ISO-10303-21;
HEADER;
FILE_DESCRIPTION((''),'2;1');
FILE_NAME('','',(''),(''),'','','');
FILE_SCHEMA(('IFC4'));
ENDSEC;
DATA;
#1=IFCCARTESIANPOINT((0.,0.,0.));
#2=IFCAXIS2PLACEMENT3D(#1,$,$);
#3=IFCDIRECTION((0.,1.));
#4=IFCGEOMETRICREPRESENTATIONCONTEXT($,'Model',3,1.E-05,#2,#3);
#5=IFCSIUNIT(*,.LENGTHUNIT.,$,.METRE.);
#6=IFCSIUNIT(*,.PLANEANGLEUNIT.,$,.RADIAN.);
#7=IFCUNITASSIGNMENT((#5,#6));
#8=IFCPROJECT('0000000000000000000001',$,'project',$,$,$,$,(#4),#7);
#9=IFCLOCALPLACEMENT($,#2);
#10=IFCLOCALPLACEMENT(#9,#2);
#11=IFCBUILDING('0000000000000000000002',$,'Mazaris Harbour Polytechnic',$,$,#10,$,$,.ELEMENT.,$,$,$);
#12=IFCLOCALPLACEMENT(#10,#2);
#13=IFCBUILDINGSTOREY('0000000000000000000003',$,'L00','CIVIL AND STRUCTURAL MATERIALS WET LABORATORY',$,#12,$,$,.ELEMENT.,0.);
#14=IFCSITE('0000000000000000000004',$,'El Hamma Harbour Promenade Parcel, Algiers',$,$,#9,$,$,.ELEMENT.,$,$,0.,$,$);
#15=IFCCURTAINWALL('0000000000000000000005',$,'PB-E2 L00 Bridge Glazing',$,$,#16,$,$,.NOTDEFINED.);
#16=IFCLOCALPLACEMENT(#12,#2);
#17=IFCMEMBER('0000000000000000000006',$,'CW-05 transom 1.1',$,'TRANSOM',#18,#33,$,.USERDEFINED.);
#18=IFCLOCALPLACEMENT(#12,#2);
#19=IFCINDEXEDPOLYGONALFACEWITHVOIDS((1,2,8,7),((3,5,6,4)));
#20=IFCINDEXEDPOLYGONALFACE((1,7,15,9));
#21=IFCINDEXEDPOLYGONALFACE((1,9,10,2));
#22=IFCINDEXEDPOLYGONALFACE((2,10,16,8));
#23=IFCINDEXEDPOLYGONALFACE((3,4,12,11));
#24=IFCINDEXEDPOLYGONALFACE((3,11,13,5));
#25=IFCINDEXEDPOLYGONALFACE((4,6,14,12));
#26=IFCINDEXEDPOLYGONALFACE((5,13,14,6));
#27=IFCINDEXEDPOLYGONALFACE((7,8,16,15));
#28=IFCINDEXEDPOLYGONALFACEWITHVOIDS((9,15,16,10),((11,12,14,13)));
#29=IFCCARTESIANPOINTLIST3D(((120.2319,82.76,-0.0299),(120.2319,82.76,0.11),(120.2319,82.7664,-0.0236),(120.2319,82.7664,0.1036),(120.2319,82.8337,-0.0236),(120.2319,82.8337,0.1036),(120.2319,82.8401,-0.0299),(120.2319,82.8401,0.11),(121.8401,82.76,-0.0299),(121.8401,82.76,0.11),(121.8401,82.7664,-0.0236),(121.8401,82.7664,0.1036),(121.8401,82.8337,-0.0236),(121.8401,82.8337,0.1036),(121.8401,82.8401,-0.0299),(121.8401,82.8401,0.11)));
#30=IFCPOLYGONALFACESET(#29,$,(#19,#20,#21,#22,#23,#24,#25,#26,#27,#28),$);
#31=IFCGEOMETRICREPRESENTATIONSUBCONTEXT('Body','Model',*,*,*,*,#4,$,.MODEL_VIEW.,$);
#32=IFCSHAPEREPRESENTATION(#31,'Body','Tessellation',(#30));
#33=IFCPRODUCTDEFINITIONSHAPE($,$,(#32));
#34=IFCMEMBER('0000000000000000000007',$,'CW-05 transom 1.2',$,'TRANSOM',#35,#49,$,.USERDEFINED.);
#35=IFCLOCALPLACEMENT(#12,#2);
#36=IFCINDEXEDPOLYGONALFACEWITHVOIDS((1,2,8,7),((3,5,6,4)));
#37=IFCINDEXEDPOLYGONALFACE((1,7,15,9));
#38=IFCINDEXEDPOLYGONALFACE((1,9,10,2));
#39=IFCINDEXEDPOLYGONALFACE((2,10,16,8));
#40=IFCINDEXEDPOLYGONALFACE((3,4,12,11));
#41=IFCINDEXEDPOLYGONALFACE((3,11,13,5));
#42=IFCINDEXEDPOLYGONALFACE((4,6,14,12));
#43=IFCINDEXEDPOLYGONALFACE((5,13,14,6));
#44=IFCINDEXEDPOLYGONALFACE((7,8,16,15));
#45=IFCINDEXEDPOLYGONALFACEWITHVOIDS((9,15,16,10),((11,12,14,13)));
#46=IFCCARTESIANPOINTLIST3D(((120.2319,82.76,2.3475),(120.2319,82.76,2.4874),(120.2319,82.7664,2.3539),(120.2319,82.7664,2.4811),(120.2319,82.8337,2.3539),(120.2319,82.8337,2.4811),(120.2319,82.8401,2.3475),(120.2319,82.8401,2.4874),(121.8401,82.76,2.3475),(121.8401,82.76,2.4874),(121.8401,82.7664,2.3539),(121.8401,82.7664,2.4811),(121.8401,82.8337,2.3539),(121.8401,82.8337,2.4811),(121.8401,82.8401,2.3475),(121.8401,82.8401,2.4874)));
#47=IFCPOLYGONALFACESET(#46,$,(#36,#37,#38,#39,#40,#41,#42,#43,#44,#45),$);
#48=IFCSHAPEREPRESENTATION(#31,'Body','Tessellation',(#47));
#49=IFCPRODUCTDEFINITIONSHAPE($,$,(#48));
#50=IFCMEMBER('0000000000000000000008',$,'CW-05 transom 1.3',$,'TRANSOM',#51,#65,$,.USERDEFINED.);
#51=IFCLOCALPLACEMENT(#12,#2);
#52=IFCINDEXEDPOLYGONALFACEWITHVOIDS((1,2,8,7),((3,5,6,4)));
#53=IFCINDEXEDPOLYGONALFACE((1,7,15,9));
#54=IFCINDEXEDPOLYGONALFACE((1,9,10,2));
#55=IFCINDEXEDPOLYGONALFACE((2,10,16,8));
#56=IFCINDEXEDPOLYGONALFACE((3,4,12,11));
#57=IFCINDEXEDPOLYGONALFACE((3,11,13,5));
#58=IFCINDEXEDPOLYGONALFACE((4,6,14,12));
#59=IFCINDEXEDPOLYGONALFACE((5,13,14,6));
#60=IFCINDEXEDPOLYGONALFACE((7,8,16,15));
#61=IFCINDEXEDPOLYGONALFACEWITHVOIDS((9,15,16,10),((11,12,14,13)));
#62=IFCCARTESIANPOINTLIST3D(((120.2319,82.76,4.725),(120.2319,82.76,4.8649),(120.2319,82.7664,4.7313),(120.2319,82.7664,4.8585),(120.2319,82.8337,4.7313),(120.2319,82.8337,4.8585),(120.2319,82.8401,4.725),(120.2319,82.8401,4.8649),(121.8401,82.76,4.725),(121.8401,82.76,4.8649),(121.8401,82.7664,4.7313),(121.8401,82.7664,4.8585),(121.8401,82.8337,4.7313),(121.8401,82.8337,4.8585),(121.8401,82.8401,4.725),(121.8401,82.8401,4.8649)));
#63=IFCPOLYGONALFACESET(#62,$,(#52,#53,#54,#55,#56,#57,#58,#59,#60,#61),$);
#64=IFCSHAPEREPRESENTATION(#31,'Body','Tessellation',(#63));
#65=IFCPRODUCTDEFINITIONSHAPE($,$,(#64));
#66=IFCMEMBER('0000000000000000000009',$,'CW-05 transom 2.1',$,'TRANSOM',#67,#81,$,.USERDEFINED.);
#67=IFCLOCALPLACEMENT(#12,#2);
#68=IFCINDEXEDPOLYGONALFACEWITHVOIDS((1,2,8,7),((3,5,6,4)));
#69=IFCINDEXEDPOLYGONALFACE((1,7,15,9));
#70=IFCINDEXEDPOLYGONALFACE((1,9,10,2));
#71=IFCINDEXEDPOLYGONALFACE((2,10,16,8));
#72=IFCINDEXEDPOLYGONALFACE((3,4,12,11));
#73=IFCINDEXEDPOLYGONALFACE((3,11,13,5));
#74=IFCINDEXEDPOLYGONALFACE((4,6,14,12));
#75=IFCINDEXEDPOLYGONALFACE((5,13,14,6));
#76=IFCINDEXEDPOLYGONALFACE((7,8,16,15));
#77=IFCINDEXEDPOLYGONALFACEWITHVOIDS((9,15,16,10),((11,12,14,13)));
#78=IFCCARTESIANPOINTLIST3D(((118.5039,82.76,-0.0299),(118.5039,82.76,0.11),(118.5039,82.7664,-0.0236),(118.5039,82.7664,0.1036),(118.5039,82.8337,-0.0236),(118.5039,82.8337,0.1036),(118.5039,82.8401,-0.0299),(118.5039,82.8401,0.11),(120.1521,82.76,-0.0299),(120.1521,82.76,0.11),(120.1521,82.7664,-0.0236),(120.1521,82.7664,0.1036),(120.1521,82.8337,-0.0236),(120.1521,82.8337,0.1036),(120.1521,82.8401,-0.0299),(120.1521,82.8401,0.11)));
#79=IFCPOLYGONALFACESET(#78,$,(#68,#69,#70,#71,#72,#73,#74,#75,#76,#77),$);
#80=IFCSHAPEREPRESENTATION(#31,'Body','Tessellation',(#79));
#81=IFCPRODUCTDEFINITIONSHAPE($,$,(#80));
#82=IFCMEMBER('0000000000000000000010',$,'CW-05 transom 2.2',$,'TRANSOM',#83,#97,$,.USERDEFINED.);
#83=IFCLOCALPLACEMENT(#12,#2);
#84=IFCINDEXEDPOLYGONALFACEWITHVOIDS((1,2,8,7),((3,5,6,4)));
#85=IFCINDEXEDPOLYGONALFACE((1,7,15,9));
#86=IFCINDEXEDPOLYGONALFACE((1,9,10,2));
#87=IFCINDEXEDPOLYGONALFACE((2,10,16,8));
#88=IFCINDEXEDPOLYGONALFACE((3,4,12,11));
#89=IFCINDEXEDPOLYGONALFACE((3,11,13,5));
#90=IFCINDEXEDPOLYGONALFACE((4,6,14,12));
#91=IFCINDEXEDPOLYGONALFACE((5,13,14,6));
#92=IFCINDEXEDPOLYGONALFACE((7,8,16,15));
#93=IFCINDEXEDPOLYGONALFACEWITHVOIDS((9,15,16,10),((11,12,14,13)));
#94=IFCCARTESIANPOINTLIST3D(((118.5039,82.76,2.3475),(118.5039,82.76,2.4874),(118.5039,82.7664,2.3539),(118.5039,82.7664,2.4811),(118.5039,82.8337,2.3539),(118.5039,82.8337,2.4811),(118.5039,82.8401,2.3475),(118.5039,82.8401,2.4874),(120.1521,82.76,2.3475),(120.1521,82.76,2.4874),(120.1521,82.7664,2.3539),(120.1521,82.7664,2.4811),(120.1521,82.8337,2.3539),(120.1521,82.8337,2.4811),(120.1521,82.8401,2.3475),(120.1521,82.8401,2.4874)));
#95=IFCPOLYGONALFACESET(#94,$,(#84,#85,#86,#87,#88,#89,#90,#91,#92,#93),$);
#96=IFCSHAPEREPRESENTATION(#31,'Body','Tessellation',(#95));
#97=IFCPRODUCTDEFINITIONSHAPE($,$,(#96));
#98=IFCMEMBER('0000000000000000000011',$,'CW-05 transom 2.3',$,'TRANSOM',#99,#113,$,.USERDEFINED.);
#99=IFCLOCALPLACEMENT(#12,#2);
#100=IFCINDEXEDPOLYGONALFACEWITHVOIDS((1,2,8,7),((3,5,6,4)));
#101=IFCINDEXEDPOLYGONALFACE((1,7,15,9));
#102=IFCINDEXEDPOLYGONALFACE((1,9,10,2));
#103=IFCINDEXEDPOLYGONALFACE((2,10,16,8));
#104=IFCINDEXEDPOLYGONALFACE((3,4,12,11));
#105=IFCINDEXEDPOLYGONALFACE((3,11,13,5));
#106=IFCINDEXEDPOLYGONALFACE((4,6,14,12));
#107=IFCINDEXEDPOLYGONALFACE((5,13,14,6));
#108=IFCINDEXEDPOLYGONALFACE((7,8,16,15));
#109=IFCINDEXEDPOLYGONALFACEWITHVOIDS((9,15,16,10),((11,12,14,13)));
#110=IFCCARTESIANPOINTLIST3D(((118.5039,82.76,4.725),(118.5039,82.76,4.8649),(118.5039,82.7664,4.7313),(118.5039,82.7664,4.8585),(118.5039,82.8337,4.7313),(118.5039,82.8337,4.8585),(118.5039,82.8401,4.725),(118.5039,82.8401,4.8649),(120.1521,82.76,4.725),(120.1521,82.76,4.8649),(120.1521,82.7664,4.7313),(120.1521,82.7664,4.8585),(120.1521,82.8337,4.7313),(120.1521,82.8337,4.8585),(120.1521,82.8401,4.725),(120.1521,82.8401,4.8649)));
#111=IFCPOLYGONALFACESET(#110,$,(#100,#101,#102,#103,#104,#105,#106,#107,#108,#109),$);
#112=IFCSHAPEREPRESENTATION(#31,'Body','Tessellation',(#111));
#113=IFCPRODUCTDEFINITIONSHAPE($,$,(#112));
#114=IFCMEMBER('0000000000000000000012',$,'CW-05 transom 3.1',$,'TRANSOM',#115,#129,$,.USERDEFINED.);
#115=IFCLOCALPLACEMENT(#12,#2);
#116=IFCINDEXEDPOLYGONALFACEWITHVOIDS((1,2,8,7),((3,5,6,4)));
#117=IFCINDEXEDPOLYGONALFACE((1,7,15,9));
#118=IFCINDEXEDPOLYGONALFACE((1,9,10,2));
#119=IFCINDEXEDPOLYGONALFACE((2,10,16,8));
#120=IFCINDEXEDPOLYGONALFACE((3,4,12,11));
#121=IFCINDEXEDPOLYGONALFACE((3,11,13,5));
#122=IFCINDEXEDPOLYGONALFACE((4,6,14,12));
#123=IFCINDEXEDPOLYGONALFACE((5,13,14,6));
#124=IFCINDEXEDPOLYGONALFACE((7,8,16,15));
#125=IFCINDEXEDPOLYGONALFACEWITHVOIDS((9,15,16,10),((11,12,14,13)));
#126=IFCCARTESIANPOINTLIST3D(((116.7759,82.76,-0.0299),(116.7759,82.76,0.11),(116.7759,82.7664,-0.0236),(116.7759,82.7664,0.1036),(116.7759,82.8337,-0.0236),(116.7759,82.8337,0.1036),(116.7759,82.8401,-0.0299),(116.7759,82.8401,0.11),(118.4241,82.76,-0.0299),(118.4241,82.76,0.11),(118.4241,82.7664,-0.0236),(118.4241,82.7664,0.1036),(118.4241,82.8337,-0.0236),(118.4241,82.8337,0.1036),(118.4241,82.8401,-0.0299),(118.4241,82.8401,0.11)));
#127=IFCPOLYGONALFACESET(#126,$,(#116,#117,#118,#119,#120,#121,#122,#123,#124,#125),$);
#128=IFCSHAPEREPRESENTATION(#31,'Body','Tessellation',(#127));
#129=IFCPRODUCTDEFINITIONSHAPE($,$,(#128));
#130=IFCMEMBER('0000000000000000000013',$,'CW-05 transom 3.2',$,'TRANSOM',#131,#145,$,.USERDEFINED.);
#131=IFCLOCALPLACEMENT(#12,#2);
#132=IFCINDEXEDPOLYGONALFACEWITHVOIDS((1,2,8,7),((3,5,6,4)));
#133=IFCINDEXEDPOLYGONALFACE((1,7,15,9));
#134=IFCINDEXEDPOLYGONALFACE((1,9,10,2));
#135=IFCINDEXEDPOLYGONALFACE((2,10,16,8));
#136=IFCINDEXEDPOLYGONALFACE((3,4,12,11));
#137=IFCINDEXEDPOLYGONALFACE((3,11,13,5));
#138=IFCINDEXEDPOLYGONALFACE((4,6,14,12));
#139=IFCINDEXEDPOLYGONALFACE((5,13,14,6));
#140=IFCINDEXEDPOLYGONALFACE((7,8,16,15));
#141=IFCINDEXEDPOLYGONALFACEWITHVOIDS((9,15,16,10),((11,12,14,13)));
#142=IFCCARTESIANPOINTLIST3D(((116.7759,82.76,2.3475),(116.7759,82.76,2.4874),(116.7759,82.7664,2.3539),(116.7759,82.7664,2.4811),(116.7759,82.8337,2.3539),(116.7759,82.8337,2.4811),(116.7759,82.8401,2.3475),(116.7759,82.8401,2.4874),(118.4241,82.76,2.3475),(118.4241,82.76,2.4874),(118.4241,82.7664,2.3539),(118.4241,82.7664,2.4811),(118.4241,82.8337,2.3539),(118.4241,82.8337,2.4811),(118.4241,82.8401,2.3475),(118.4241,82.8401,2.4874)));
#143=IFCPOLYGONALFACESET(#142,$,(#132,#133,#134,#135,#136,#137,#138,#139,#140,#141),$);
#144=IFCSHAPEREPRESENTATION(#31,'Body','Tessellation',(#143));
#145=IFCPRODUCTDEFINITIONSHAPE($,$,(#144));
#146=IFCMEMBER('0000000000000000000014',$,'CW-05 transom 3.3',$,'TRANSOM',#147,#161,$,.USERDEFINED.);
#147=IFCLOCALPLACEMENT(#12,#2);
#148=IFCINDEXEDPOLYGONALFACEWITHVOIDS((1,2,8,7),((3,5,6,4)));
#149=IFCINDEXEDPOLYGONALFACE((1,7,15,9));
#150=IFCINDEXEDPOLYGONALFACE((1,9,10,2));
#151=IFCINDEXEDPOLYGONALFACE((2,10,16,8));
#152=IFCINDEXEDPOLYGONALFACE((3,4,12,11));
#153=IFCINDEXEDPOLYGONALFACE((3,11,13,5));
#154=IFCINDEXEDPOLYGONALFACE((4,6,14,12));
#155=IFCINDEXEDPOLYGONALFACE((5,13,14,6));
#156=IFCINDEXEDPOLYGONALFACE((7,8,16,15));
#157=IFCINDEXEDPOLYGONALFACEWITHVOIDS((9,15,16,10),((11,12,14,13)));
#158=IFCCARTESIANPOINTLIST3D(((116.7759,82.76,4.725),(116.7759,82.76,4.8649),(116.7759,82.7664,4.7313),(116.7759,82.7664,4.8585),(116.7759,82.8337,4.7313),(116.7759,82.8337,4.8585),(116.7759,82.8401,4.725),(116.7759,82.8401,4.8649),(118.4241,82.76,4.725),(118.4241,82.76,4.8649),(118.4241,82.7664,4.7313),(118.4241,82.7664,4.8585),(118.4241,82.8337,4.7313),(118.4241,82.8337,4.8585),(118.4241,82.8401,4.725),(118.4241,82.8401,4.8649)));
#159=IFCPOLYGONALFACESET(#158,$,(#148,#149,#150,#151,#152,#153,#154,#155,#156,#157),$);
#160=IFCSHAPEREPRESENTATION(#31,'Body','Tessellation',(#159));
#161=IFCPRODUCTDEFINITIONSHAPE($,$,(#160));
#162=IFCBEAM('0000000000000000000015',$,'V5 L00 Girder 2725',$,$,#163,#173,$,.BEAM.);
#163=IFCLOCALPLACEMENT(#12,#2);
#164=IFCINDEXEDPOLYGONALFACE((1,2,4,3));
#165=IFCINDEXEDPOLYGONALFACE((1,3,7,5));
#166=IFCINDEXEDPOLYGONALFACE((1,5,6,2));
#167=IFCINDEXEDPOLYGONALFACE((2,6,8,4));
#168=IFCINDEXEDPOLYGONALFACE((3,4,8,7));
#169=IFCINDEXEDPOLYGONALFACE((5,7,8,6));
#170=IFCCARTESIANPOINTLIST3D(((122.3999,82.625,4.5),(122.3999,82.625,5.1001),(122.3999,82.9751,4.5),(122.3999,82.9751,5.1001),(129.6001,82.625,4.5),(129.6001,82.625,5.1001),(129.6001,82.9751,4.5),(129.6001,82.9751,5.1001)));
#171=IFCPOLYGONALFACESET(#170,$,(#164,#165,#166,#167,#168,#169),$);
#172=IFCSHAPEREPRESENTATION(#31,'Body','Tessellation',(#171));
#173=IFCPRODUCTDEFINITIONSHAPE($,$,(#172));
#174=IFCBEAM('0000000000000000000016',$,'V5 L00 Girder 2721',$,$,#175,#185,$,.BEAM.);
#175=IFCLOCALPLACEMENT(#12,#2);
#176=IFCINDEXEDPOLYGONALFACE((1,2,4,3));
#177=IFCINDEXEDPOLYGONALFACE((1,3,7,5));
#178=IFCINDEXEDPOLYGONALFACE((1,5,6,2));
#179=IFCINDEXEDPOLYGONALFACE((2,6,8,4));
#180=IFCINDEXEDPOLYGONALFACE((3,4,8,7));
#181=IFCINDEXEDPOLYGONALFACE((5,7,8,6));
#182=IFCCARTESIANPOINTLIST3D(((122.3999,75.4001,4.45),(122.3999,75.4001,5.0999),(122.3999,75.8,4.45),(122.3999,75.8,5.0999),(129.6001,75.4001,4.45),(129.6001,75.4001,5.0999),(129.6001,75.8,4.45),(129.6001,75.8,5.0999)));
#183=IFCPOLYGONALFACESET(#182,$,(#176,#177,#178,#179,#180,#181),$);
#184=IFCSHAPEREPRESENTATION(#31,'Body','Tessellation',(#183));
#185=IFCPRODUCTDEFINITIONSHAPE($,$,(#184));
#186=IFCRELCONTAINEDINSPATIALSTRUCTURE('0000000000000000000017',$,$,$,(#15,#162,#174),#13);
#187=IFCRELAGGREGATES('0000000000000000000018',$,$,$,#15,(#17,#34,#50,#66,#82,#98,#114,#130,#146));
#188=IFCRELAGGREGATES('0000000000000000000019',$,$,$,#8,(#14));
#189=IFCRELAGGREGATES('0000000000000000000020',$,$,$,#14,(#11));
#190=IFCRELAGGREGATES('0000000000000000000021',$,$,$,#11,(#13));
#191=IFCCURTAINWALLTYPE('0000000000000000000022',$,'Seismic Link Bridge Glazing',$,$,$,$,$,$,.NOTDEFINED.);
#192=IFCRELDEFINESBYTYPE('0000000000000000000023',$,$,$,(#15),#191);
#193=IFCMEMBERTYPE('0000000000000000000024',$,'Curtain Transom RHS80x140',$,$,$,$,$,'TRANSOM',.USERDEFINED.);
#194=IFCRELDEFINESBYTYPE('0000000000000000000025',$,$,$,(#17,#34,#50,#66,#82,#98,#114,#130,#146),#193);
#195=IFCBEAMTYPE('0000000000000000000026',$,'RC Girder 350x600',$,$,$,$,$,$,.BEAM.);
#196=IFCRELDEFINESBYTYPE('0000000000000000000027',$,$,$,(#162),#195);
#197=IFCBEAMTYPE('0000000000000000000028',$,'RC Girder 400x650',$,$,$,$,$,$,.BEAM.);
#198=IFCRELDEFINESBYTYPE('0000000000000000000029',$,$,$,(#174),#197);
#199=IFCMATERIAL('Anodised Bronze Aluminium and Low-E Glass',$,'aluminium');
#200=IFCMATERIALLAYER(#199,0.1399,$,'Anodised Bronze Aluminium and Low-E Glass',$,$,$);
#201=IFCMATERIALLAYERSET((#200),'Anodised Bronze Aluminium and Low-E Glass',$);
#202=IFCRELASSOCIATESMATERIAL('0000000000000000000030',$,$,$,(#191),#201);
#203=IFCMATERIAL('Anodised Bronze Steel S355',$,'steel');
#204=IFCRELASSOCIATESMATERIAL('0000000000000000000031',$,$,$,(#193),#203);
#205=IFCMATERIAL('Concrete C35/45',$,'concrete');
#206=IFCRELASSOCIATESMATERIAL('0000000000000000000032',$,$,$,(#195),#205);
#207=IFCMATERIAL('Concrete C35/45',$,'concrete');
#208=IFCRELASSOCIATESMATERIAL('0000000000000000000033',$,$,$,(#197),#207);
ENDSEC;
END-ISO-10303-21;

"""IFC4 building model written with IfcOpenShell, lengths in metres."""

from ifc_helpers import new_model, si_unit, direction, frame, origin, origin_2d, place, context, subcontext, project, spatial, rectangle, hollow_rectangle, extrude, material, layer, layer_set, material_profile, profile_set, type_object, element, aggregate, save


model = new_model("IFC4")

# Units and contexts
model_context = context("Model", 3, precision=1e-05, world=origin(), true_north=direction((0.0, 1.0)))
body_context = subcontext(model_context, "Body", "Model", "MODEL_VIEW")
ifc_project = project(units=[si_unit("LENGTHUNIT", "METRE"), si_unit("PLANEANGLEUNIT", "RADIAN")], contexts=[model_context])

# Site, building, storey
site_placement = place(None, origin())
site = spatial("IfcSite", under=ifc_project, at=site_placement, Name="El Hamma Harbour Promenade Parcel, Algiers", CompositionType="ELEMENT", RefElevation=0.0)
building_placement = place(site_placement, origin())
building = spatial("IfcBuilding", under=site, at=building_placement, Name="Mazaris Harbour Polytechnic", CompositionType="ELEMENT")
storey_placement = place(building_placement, origin())
storey = spatial("IfcBuildingStorey", under=building, at=storey_placement, Name="L00", Description="CIVIL AND STRUCTURAL MATERIALS WET LABORATORY", CompositionType="ELEMENT", Elevation=0.0)

# Curtain wall, members
ifc_material_1 = material(Name="Anodised Bronze Aluminium and Low-E Glass", Category="aluminium")
ifc_layer_1 = layer(ifc_material_1, 0.1399, Name="Anodised Bronze Aluminium and Low-E Glass")
ifc_layer_set_1 = layer_set([ifc_layer_1], Name="Anodised Bronze Aluminium and Low-E Glass")
curtain_wall_type = type_object("IfcCurtainWallType", Name="Seismic Link Bridge Glazing", PredefinedType="NOTDEFINED", material=ifc_layer_set_1)
curtain_wall_placement = place(storey_placement, origin())
curtain_wall = element("IfcCurtainWall", 1, at=curtain_wall_placement, inside=storey, type_object=curtain_wall_type, Name="PB-E2 L00 Bridge Glazing", PredefinedType="NOTDEFINED")
ifc_material_2 = material(Name="Anodised Bronze Steel S355", Category="steel")
ifc_material_profile_1 = material_profile(ifc_material_2, hollow_rectangle(XDim=0.0801, YDim=0.1399, WallThickness=0.0063, at=origin_2d()), Name="RHS 80x140x6.3")
ifc_profile_set_1 = profile_set([ifc_material_profile_1], Name="Anodised Bronze Steel S355")
member_type_1 = type_object("IfcMemberType", Name="Curtain Transom RHS80x140", ElementType="TRANSOM", PredefinedType="USERDEFINED", material=ifc_profile_set_1)
member_1_placement = place(storey_placement, frame((121.8401, 82.8, 0.04), z_axis=(-1.0, 0.0, 0.0), x_axis=(0.0, -1.0, 0.0)))
member_1 = element("IfcMember", 2, at=member_1_placement, type_object=member_type_1, Name="CW-05 transom 1.1", ObjectType="TRANSOM", PredefinedType="USERDEFINED", context=body_context, shape_type="SweptSolid", body=[
    extrude(hollow_rectangle(XDim=0.0801, YDim=0.1399, WallThickness=0.0063, at=origin_2d()), origin(), (0.0, 0.0, 1.0), 1.6082),
])
member_2_placement = place(storey_placement, frame((121.8401, 82.8, 2.4175), z_axis=(-1.0, 0.0, 0.0), x_axis=(0.0, -1.0, 0.0)))
member_2 = element("IfcMember", 3, at=member_2_placement, type_object=member_type_1, Name="CW-05 transom 1.2", ObjectType="TRANSOM", PredefinedType="USERDEFINED", context=body_context, shape_type="SweptSolid", body=[
    extrude(hollow_rectangle(XDim=0.0801, YDim=0.1399, WallThickness=0.0063, at=origin_2d()), origin(), (0.0, 0.0, 1.0), 1.6082),
])
member_3_placement = place(storey_placement, frame((121.8401, 82.8, 4.7949), z_axis=(-1.0, 0.0, 0.0), x_axis=(0.0, -1.0, 0.0)))
member_3 = element("IfcMember", 4, at=member_3_placement, type_object=member_type_1, Name="CW-05 transom 1.3", ObjectType="TRANSOM", PredefinedType="USERDEFINED", context=body_context, shape_type="SweptSolid", body=[
    extrude(hollow_rectangle(XDim=0.0801, YDim=0.1399, WallThickness=0.0063, at=origin_2d()), origin(), (0.0, 0.0, 1.0), 1.6082),
])
member_4_placement = place(storey_placement, frame((120.1521, 82.8, 0.04), z_axis=(-1.0, 0.0, 0.0), x_axis=(0.0, -1.0, 0.0)))
member_4 = element("IfcMember", 5, at=member_4_placement, type_object=member_type_1, Name="CW-05 transom 2.1", ObjectType="TRANSOM", PredefinedType="USERDEFINED", context=body_context, shape_type="SweptSolid", body=[
    extrude(hollow_rectangle(XDim=0.0801, YDim=0.1399, WallThickness=0.0063, at=origin_2d()), origin(), (0.0, 0.0, 1.0), 1.6482),
])
member_5_placement = place(storey_placement, frame((120.1521, 82.8, 2.4175), z_axis=(-1.0, 0.0, 0.0), x_axis=(0.0, -1.0, 0.0)))
member_5 = element("IfcMember", 6, at=member_5_placement, type_object=member_type_1, Name="CW-05 transom 2.2", ObjectType="TRANSOM", PredefinedType="USERDEFINED", context=body_context, shape_type="SweptSolid", body=[
    extrude(hollow_rectangle(XDim=0.0801, YDim=0.1399, WallThickness=0.0063, at=origin_2d()), origin(), (0.0, 0.0, 1.0), 1.6482),
])
member_6_placement = place(storey_placement, frame((120.1521, 82.8, 4.7949), z_axis=(-1.0, 0.0, 0.0), x_axis=(0.0, -1.0, 0.0)))
member_6 = element("IfcMember", 7, at=member_6_placement, type_object=member_type_1, Name="CW-05 transom 2.3", ObjectType="TRANSOM", PredefinedType="USERDEFINED", context=body_context, shape_type="SweptSolid", body=[
    extrude(hollow_rectangle(XDim=0.0801, YDim=0.1399, WallThickness=0.0063, at=origin_2d()), origin(), (0.0, 0.0, 1.0), 1.6482),
])
member_7_placement = place(storey_placement, frame((118.4241, 82.8, 0.04), z_axis=(-1.0, 0.0, 0.0), x_axis=(0.0, -1.0, 0.0)))
member_7 = element("IfcMember", 8, at=member_7_placement, type_object=member_type_1, Name="CW-05 transom 3.1", ObjectType="TRANSOM", PredefinedType="USERDEFINED", context=body_context, shape_type="SweptSolid", body=[
    extrude(hollow_rectangle(XDim=0.0801, YDim=0.1399, WallThickness=0.0063, at=origin_2d()), origin(), (0.0, 0.0, 1.0), 1.6482),
])
member_8_placement = place(storey_placement, frame((118.4241, 82.8, 2.4175), z_axis=(-1.0, 0.0, 0.0), x_axis=(0.0, -1.0, 0.0)))
member_8 = element("IfcMember", 9, at=member_8_placement, type_object=member_type_1, Name="CW-05 transom 3.2", ObjectType="TRANSOM", PredefinedType="USERDEFINED", context=body_context, shape_type="SweptSolid", body=[
    extrude(hollow_rectangle(XDim=0.0801, YDim=0.1399, WallThickness=0.0063, at=origin_2d()), origin(), (0.0, 0.0, 1.0), 1.6482),
])
member_9_placement = place(storey_placement, frame((118.4241, 82.8, 4.7949), z_axis=(-1.0, 0.0, 0.0), x_axis=(0.0, -1.0, 0.0)))
member_9 = element("IfcMember", 10, at=member_9_placement, type_object=member_type_1, Name="CW-05 transom 3.3", ObjectType="TRANSOM", PredefinedType="USERDEFINED", context=body_context, shape_type="SweptSolid", body=[
    extrude(hollow_rectangle(XDim=0.0801, YDim=0.1399, WallThickness=0.0063, at=origin_2d()), origin(), (0.0, 0.0, 1.0), 1.6482),
])

# Beams
ifc_material_3 = material(Name="Concrete C35/45", Category="concrete")
ifc_material_profile_2 = material_profile(ifc_material_3, rectangle(XDim=0.3501, YDim=0.6001, at=origin_2d()), Name="RECT350x600")
ifc_profile_set_2 = profile_set([ifc_material_profile_2], Name="Concrete C35/45")
beam_type_1 = type_object("IfcBeamType", Name="RC Girder 350x600", PredefinedType="BEAM", material=ifc_profile_set_2)
beam_1_placement = place(storey_placement, frame((122.3999, 82.8, 4.8), z_axis=(1.0, 0.0, 0.0), x_axis=(0.0, 1.0, 0.0)))
element("IfcBeam", 11, at=beam_1_placement, inside=storey, type_object=beam_type_1, Name="V5 L00 Girder 2725", PredefinedType="BEAM", context=body_context, shape_type="SweptSolid", body=[
    extrude(rectangle(XDim=0.3501, YDim=0.6001, at=origin_2d()), origin(), (0.0, 0.0, 1.0), 7.2002),
])
ifc_material_4 = material(Name="Concrete C35/45", Category="concrete")
ifc_material_profile_3 = material_profile(ifc_material_4, rectangle(XDim=0.3999, YDim=0.6499, at=origin_2d()), Name="RECT400x650")
ifc_profile_set_3 = profile_set([ifc_material_profile_3], Name="Concrete C35/45")
beam_type_2 = type_object("IfcBeamType", Name="RC Girder 400x650", PredefinedType="BEAM", material=ifc_profile_set_3)
beam_2_placement = place(storey_placement, frame((122.3999, 75.6001, 4.7749), z_axis=(1.0, 0.0, 0.0), x_axis=(0.0, 1.0, 0.0)))
element("IfcBeam", 12, at=beam_2_placement, inside=storey, type_object=beam_type_2, Name="V5 L00 Girder 2721", PredefinedType="BEAM", context=body_context, shape_type="SweptSolid", body=[
    extrude(rectangle(XDim=0.3999, YDim=0.6499, at=origin_2d()), origin(), (0.0, 0.0, 1.0), 7.2002),
])

aggregate(curtain_wall, [member_1, member_2, member_3, member_4, member_5, member_6, member_7, member_8, member_9])

save(model, "model.ifc")
